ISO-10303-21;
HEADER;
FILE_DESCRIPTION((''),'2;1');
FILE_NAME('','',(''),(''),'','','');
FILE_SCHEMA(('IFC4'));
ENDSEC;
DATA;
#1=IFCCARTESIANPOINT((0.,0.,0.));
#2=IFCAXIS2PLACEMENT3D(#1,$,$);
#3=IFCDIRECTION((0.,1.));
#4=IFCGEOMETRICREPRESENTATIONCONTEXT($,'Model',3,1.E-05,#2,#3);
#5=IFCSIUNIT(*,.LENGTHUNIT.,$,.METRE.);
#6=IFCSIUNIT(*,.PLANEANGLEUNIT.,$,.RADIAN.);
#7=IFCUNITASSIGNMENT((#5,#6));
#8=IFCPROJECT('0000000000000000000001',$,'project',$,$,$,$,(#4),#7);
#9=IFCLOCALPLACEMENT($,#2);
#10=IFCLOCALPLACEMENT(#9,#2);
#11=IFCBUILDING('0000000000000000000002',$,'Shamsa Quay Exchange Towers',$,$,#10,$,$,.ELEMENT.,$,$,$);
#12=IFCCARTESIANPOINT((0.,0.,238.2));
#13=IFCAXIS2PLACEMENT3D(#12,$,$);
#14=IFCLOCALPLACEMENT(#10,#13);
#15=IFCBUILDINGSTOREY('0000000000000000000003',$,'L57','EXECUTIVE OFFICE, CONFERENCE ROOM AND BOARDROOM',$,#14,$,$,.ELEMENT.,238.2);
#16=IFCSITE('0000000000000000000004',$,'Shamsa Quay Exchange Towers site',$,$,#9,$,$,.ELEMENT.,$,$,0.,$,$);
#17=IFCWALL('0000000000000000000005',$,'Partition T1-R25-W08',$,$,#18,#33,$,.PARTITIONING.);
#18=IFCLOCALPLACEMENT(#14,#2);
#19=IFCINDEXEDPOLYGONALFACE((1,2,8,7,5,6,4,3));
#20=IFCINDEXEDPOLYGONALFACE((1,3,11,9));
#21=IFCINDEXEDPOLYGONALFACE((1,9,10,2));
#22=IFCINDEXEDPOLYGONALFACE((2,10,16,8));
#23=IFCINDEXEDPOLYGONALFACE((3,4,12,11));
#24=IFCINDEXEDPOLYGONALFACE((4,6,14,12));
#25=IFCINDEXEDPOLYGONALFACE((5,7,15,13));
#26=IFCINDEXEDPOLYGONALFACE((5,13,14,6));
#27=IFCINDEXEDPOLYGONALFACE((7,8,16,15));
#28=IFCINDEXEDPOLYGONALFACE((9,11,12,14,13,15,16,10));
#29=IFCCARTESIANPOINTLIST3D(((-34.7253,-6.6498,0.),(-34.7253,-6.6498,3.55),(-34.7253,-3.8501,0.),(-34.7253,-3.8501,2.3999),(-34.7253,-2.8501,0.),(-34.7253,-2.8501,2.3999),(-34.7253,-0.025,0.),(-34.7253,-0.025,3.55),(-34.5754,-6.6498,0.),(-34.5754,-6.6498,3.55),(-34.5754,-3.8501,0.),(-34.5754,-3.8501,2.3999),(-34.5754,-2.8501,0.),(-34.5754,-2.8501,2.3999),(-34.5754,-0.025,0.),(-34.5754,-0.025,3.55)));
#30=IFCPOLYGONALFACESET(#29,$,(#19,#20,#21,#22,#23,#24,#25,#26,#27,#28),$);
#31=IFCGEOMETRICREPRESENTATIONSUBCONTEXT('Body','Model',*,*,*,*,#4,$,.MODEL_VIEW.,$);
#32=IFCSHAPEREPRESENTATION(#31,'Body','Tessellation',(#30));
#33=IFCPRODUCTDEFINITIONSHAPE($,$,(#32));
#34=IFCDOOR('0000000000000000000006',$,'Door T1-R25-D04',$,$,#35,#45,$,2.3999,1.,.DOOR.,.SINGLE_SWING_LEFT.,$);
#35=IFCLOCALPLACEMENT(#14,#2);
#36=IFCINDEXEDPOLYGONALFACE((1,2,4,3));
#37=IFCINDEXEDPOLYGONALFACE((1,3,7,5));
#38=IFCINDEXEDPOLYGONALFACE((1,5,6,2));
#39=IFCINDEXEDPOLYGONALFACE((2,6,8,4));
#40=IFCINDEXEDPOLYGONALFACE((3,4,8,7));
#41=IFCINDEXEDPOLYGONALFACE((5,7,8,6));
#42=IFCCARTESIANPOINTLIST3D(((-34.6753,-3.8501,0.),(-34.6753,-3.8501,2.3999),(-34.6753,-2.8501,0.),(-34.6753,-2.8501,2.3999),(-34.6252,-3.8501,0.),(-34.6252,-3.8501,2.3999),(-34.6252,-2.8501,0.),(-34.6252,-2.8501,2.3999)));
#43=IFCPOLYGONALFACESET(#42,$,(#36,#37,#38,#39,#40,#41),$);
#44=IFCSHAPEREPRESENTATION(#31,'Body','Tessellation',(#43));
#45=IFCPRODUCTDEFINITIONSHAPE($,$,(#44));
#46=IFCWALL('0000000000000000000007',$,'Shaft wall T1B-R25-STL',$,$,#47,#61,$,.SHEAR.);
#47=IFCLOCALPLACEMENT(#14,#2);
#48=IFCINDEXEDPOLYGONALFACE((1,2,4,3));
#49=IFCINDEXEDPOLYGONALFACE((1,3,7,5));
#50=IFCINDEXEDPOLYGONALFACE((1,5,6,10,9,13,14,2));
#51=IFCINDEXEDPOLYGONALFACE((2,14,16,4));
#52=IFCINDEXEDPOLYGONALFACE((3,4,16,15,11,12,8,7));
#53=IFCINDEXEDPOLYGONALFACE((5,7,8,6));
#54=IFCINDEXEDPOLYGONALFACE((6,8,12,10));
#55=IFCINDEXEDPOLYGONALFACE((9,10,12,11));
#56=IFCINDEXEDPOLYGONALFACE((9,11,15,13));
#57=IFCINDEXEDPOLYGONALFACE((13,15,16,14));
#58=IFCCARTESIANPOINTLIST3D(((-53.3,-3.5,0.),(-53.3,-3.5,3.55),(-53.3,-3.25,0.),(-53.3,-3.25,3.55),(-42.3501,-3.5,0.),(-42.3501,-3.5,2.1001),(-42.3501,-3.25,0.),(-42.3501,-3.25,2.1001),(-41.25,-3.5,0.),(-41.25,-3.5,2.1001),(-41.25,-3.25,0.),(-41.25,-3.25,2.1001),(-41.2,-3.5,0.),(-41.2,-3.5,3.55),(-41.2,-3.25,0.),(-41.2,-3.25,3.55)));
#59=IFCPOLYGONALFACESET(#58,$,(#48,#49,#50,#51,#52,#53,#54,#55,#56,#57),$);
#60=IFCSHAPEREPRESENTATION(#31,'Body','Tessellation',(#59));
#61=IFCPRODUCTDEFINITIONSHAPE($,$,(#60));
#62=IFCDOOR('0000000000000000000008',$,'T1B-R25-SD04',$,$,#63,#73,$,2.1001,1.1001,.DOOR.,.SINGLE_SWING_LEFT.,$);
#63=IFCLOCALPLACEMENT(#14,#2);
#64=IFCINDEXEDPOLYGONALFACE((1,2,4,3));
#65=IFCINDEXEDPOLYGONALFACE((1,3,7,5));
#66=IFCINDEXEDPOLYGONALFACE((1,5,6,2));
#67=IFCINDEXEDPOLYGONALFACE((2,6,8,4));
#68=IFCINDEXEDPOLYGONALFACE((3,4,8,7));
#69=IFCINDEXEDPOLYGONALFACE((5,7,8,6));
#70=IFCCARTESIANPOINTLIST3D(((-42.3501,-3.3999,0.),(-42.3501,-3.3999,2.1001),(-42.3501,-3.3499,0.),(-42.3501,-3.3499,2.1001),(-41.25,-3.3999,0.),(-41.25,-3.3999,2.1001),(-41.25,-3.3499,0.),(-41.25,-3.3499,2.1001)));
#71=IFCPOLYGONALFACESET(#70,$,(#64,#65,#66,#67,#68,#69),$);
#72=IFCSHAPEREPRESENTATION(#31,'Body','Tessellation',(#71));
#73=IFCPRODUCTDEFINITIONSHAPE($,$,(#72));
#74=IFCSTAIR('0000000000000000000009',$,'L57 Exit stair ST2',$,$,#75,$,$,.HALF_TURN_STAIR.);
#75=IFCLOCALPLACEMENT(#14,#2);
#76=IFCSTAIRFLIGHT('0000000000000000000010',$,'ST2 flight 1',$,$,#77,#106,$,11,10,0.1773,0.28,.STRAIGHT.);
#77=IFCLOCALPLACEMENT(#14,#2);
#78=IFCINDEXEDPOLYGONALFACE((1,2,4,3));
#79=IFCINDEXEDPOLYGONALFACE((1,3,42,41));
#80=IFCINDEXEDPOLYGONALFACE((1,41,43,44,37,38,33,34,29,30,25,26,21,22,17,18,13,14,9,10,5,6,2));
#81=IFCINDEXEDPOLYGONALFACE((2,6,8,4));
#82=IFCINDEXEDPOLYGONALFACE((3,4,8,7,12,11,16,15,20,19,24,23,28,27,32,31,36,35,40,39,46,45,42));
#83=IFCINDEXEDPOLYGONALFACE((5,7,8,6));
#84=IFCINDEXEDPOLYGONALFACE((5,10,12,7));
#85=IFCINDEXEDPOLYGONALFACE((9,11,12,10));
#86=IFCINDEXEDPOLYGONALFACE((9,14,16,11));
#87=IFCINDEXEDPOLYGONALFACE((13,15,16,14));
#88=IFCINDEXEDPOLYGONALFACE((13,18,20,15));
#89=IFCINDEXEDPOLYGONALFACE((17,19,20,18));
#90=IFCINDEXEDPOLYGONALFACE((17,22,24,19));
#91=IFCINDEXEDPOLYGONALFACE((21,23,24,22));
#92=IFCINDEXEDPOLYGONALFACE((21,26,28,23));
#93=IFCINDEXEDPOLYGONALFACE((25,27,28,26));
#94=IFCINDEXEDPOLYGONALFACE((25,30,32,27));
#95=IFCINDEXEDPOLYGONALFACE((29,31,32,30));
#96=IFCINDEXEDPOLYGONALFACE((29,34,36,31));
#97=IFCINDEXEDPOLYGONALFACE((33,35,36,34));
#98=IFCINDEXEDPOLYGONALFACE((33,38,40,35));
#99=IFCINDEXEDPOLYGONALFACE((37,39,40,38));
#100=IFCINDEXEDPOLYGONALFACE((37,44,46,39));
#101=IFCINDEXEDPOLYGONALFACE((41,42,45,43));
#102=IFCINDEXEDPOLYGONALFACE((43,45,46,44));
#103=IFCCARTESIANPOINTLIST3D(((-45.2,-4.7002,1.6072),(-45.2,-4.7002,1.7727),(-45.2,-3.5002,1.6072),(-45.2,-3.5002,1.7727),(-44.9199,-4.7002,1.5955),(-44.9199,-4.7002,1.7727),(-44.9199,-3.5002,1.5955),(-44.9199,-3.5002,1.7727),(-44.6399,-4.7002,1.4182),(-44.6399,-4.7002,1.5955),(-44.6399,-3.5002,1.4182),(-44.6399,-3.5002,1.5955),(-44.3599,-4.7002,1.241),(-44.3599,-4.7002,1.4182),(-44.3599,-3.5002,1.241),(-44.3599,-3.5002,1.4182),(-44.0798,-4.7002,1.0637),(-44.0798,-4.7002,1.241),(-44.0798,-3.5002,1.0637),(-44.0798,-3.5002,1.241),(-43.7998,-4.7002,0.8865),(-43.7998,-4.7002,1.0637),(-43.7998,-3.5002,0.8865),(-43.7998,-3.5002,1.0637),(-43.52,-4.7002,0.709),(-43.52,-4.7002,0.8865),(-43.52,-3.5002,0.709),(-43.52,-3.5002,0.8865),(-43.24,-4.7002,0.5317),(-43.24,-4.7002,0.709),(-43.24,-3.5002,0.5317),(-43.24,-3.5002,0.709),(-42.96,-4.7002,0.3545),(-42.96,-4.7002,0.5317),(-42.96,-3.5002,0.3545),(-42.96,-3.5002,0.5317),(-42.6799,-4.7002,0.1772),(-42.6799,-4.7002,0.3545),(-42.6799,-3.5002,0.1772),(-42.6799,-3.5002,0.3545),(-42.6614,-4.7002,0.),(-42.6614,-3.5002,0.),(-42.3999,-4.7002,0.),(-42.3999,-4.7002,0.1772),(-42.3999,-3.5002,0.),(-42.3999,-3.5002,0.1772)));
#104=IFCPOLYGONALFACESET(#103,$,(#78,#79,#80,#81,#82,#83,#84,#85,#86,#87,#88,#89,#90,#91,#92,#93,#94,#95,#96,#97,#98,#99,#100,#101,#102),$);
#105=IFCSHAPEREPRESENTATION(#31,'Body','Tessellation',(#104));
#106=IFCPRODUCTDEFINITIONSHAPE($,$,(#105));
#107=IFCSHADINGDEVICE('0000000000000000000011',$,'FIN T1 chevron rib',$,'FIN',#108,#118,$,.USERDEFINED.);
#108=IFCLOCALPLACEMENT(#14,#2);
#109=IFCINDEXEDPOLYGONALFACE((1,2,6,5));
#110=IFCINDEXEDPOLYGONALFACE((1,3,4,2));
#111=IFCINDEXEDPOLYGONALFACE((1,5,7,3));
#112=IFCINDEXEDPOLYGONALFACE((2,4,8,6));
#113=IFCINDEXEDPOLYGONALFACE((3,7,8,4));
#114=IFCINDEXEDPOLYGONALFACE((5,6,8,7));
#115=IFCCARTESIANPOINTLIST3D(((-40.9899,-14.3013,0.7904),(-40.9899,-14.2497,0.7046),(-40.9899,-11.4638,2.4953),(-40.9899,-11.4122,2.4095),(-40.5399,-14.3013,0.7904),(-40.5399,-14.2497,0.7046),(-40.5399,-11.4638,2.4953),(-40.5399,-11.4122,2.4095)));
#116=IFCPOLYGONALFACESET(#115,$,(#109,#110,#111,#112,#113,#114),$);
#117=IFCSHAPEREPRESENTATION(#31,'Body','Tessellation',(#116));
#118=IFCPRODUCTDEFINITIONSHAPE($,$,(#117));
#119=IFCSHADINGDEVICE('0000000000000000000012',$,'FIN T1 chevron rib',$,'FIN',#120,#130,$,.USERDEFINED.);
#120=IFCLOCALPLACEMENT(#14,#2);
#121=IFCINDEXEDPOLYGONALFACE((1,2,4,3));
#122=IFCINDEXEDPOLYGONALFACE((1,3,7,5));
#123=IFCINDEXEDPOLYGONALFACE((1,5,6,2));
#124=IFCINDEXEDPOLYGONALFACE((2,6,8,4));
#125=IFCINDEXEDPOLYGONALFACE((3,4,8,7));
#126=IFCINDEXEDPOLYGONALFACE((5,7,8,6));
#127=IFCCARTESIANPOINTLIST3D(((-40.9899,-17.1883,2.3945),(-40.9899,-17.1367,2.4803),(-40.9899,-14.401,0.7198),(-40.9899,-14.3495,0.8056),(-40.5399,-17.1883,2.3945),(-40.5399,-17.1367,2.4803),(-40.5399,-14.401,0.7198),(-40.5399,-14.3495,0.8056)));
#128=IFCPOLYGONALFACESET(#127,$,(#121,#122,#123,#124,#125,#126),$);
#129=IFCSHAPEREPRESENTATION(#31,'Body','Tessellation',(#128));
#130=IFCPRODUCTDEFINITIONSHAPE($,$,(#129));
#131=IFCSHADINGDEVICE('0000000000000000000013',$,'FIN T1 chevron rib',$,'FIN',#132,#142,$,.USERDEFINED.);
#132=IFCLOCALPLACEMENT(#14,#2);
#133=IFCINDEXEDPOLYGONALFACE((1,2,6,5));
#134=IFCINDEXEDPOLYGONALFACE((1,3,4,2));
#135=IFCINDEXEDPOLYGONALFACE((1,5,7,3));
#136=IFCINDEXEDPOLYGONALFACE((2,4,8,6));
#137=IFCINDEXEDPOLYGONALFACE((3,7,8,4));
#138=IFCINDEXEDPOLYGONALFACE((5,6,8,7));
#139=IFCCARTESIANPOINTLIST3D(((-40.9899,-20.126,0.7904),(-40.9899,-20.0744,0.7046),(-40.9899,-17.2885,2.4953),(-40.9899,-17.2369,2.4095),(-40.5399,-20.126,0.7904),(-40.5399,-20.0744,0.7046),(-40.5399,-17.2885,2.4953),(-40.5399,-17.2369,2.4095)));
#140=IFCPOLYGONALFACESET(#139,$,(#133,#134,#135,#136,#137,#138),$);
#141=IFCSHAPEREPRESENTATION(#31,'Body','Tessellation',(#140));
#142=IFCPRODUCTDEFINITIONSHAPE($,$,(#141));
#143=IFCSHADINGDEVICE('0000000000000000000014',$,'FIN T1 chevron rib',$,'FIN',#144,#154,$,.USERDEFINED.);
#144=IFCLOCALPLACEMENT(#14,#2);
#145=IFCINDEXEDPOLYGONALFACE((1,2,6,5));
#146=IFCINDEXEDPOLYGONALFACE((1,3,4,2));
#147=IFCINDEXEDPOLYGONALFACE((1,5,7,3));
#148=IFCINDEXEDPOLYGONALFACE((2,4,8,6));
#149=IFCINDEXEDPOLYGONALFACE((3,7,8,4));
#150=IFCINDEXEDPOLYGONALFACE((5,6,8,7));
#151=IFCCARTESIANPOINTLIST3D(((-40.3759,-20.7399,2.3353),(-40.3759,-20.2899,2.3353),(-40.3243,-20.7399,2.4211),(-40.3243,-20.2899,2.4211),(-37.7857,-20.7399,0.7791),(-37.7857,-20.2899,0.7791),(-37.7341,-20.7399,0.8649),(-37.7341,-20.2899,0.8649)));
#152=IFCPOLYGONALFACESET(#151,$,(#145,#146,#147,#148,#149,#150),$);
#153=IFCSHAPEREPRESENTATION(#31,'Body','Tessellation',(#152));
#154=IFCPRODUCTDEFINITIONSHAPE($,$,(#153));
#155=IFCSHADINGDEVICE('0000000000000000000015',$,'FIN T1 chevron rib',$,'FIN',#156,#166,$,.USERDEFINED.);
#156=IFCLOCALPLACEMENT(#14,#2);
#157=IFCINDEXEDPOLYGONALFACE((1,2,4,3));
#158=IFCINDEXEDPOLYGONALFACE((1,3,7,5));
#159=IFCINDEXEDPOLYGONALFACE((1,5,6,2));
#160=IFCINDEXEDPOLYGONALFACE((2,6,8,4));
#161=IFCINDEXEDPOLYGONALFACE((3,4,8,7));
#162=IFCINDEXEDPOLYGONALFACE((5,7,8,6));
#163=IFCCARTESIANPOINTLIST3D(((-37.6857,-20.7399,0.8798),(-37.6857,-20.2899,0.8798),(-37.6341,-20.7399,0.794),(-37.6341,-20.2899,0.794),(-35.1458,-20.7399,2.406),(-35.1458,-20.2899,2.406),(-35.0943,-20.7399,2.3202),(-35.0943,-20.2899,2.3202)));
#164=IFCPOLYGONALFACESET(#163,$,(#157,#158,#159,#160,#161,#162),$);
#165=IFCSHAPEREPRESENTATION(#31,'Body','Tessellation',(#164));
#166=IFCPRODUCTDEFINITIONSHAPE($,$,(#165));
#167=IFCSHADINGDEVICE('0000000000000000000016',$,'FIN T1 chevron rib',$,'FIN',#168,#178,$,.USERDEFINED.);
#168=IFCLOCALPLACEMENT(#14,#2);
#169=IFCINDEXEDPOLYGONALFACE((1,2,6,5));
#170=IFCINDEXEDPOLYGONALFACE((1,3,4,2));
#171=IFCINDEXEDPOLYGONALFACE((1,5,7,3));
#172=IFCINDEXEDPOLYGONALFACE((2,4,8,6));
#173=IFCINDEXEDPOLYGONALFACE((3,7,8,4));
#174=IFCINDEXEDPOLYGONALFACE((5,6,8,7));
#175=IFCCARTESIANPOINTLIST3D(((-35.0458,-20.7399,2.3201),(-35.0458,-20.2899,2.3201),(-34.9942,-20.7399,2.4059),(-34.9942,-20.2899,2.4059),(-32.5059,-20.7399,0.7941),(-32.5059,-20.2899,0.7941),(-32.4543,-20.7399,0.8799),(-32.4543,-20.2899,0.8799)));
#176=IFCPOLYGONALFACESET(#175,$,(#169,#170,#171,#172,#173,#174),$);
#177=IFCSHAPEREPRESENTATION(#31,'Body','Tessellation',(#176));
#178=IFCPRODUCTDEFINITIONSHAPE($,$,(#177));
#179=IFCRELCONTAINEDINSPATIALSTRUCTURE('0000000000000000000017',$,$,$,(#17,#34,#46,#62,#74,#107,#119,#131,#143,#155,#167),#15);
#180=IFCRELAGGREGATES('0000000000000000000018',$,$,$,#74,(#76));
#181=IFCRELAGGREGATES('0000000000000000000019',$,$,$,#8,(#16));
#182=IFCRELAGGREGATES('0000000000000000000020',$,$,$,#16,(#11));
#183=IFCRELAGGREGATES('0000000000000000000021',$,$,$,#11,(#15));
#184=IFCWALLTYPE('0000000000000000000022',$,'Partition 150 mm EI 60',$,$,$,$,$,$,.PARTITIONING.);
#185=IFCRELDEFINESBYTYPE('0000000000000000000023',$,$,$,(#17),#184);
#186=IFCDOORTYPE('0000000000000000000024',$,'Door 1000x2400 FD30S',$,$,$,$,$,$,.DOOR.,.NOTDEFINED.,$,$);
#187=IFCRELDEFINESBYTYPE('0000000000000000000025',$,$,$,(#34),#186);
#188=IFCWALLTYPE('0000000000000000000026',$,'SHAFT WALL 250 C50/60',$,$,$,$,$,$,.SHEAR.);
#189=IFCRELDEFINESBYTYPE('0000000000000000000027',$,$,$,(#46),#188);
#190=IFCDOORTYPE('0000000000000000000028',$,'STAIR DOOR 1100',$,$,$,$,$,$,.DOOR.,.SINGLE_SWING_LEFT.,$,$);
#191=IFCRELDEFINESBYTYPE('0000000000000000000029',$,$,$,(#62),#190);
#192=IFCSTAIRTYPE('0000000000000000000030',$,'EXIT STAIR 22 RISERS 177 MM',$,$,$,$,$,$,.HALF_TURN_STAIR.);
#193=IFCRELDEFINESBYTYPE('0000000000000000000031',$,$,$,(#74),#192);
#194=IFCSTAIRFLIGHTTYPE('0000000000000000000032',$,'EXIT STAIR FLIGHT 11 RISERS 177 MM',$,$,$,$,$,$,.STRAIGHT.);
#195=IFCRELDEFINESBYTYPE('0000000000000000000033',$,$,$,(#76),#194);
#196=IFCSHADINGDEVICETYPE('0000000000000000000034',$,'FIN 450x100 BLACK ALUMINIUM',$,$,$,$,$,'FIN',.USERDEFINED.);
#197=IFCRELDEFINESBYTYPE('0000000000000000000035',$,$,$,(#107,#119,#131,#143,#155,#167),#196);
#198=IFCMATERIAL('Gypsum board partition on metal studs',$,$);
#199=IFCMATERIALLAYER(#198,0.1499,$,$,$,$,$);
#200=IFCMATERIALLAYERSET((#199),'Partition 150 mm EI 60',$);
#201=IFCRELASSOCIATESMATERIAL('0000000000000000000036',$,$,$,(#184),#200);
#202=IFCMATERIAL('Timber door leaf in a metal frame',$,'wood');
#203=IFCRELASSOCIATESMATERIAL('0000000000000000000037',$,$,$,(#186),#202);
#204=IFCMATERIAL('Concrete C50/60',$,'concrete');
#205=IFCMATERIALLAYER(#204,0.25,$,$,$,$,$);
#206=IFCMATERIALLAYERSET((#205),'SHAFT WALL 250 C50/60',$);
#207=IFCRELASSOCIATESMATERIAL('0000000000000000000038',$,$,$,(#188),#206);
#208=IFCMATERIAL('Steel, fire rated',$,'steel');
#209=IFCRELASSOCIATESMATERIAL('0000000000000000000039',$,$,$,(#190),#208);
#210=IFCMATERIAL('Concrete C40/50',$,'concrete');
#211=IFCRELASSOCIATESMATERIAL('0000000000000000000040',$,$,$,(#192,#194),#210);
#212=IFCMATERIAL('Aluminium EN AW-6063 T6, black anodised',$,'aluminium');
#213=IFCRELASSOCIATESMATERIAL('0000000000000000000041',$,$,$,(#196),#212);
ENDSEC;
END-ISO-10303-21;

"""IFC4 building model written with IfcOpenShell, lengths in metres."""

from ifc_helpers import new_model, si_unit, direction, frame, frame_2d, origin, origin_2d, place, context, subcontext, project, spatial, polyline, rectangle, outline, extrude, material, layer, layer_set, material_profile, profile_set, type_object, element, fill, aggregate, save


model = new_model("IFC4")

# Units and contexts
model_context = context("Model", 3, precision=1e-05, world=origin(), true_north=direction((0.0, 1.0)))
body_context = subcontext(model_context, "Body", "Model", "MODEL_VIEW")
ifc_project = project(units=[si_unit("LENGTHUNIT", "METRE"), si_unit("PLANEANGLEUNIT", "RADIAN")], contexts=[model_context])

# Site, building, storey
site_placement = place(None, origin())
site = spatial("IfcSite", under=ifc_project, at=site_placement, Name="Shamsa Quay Exchange Towers site", CompositionType="ELEMENT", RefElevation=0.0)
building_placement = place(site_placement, origin())
building = spatial("IfcBuilding", under=site, at=building_placement, Name="Shamsa Quay Exchange Towers", CompositionType="ELEMENT")
storey_placement = place(building_placement, frame((0.0, 0.0, 238.2)))
storey = spatial("IfcBuildingStorey", under=building, at=storey_placement, Name="L57", Description="EXECUTIVE OFFICE, CONFERENCE ROOM AND BOARDROOM", CompositionType="ELEMENT", Elevation=238.2)

# Shared definitions
ifc_material_1 = material(Name="Aluminium EN AW-6063 T6, black anodised", Category="aluminium")

# Walls, openings, doors
ifc_material_2 = material(Name="Steel, fire rated", Category="steel")
ifc_material_3 = material(Name="Gypsum board partition on metal studs")
ifc_layer_1 = layer(ifc_material_3, 0.1499)
ifc_layer_set_1 = layer_set([ifc_layer_1], Name="Partition 150 mm EI 60")
wall_type_1 = type_object("IfcWallType", Name="Partition 150 mm EI 60", PredefinedType="PARTITIONING", material=ifc_layer_set_1)
wall_1_placement = place(storey_placement, frame((-34.6504, -6.6499, 0.0), z_axis=(0.0, 0.0, 1.0), x_axis=(0.0, 1.0, 0.0)))
wall_1 = element("IfcWall", 1, at=wall_1_placement, inside=storey, type_object=wall_type_1, Name="Partition T1-R25-W08", PredefinedType="PARTITIONING", context=body_context, shape_type="SweptSolid", body=[
    extrude(rectangle(XDim=6.6248, YDim=0.1499, at=frame_2d((3.3125, 0.0))), origin(), (0.0, 0.0, 1.0), 3.55),
])
opening_1_placement = place(wall_1_placement, frame((2.7998, 0.0, 0.0)))
opening_1 = element("IfcOpeningElement", 2, at=opening_1_placement, cuts=wall_1, PredefinedType="OPENING", context=body_context, shape_type="SweptSolid", body=[
    extrude(rectangle(XDim=1.0, YDim=2.3999, at=frame_2d((0.5, 1.2))), frame((0.0, 0.085, 0.0), z_axis=(0.0, -1.0, 0.0), x_axis=(1.0, 0.0, 0.0)), (0.0, 0.0, 1.0), 0.1699),
])
ifc_material_4 = material(Name="Timber door leaf in a metal frame", Category="wood")
door_type_1 = type_object("IfcDoorType", Name="Door 1000x2400 FD30S", OperationType="NOTDEFINED", PredefinedType="DOOR", material=ifc_material_4)
door_1_placement = place(opening_1_placement, origin())
door_1 = element("IfcDoor", 3, at=door_1_placement, inside=storey, type_object=door_type_1, Name="Door T1-R25-D04", OperationType="SINGLE_SWING_LEFT", OverallHeight=2.3999, OverallWidth=1.0, PredefinedType="DOOR", context=body_context, shape_type="SweptSolid", body=[
    extrude(rectangle(XDim=1.0, YDim=2.3999, at=frame_2d((0.5, 1.2))), frame((0.0, 0.0249, 0.0), z_axis=(0.0, -1.0, 0.0), x_axis=(1.0, 0.0, 0.0)), (0.0, 0.0, 1.0), 0.05),
])
fill(opening_1, door_1)
ifc_material_5 = material(Name="Concrete C50/60", Category="concrete")
ifc_layer_2 = layer(ifc_material_5, 0.25)
ifc_layer_set_2 = layer_set([ifc_layer_2], Name="SHAFT WALL 250 C50/60")
wall_type_2 = type_object("IfcWallType", Name="SHAFT WALL 250 C50/60", PredefinedType="SHEAR", material=ifc_layer_set_2)
wall_2_placement = place(storey_placement, frame((-41.2, -3.375, 0.0), z_axis=(0.0, 0.0, 1.0), x_axis=(-1.0, 0.0, 0.0)))
wall_2 = element("IfcWall", 4, at=wall_2_placement, inside=storey, type_object=wall_type_2, Name="Shaft wall T1B-R25-STL", PredefinedType="SHEAR", context=body_context, shape_type="SweptSolid", body=[
    extrude(rectangle(XDim=12.1001, YDim=0.25, at=frame_2d((6.05, 0.0))), origin(), (0.0, 0.0, 1.0), 3.55),
])
opening_2_placement = place(wall_2_placement, frame((0.05, 0.0, 0.0)))
opening_2 = element("IfcOpeningElement", 5, at=opening_2_placement, cuts=wall_2, PredefinedType="OPENING", context=body_context, shape_type="SweptSolid", body=[
    extrude(rectangle(XDim=1.1001, YDim=2.1001, at=frame_2d((0.55, 1.05))), frame((0.0, 0.135, 0.0), z_axis=(0.0, -1.0, 0.0), x_axis=(1.0, 0.0, 0.0)), (0.0, 0.0, 1.0), 0.27),
])
door_type_2 = type_object("IfcDoorType", Name="STAIR DOOR 1100", OperationType="SINGLE_SWING_LEFT", PredefinedType="DOOR", material=ifc_material_2)
door_2_placement = place(opening_2_placement, origin())
door_2 = element("IfcDoor", 6, at=door_2_placement, inside=storey, type_object=door_type_2, Name="T1B-R25-SD04", OperationType="SINGLE_SWING_LEFT", OverallHeight=2.1001, OverallWidth=1.1001, PredefinedType="DOOR", context=body_context, shape_type="SweptSolid", body=[
    extrude(rectangle(XDim=1.1001, YDim=2.1001, at=frame_2d((0.55, 1.05))), frame((0.0, 0.0249, 0.0), z_axis=(0.0, -1.0, 0.0), x_axis=(1.0, 0.0, 0.0)), (0.0, 0.0, 1.0), 0.05),
])
fill(opening_2, door_2)

# Stair, stair flight
ifc_material_6 = material(Name="Concrete C40/50", Category="concrete")
stair_type = type_object("IfcStairType", Name="EXIT STAIR 22 RISERS 177 MM", PredefinedType="HALF_TURN_STAIR", material=ifc_material_6)
stair_placement = place(storey_placement, origin())
stair = element("IfcStair", 7, at=stair_placement, inside=storey, type_object=stair_type, Name="L57 Exit stair ST2", PredefinedType="HALF_TURN_STAIR")
stair_flight_type = type_object("IfcStairFlightType", Name="EXIT STAIR FLIGHT 11 RISERS 177 MM", PredefinedType="STRAIGHT", material=ifc_material_6)
stair_flight_placement = place(storey_placement, frame((-42.3999, -4.1001, 0.0), z_axis=(0.0, 0.0, 1.0), x_axis=(-1.0, 0.0, 0.0)))
stair_flight = element("IfcStairFlight", 8, at=stair_flight_placement, type_object=stair_flight_type, Name="ST2 flight 1", NumberOfRisers=11, NumberOfTreads=10, PredefinedType="STRAIGHT", RiserHeight=0.1773, TreadLength=0.28, context=body_context, shape_type="SweptSolid", body=[
    extrude(outline(polyline([(0.0, 0.0), (0.0, 0.1772), (0.28, 0.1772), (0.28, 0.3545), (0.5601, 0.3545), (0.5601, 0.5317), (0.8401, 0.5317), (0.8401, 0.709), (1.1201, 0.709), (1.1201, 0.8865), (1.3999, 0.8865), (1.3999, 1.0637), (1.6799, 1.0637), (1.6799, 1.241), (1.96, 1.241), (1.96, 1.4182), (2.24, 1.4182), (2.24, 1.5955), (2.52, 1.5955), (2.52, 1.7727), (2.8, 1.7727), (2.8, 1.95), (2.8, 1.6072), (0.2615, 0.0), (0.0, 0.0)])), frame((0.0, 0.6001, 0.0), z_axis=(0.0, -1.0, 0.0), x_axis=(1.0, 0.0, 0.0)), (0.0, 0.0, 1.0), 1.2),
])
aggregate(stair, [stair_flight])

# Shading devices
ifc_material_profile_1 = material_profile(ifc_material_1, rectangle(XDim=0.45, YDim=0.1001, at=origin_2d()), Name="FIN450x100")
ifc_profile_set_1 = profile_set([ifc_material_profile_1], Name="Aluminium EN AW-6063 T6, black anodised")
shading_device_type = type_object("IfcShadingDeviceType", Name="FIN 450x100 BLACK ALUMINIUM", ElementType="FIN", PredefinedType="USERDEFINED", material=ifc_profile_set_1)
shading_device_1_placement = place(storey_placement, frame((-40.7649, -11.438, 2.4524), z_axis=(0.0, -0.857174, -0.515027), x_axis=(1.0, 0.0, 0.0)))
element("IfcShadingDevice", 9, at=shading_device_1_placement, inside=storey, type_object=shading_device_type, Name="FIN T1 chevron rib", ObjectType="FIN", PredefinedType="USERDEFINED", context=body_context, shape_type="SweptSolid", body=[
    extrude(rectangle(XDim=0.45, YDim=0.1001, at=origin_2d()), origin(), (0.0, 0.0, 1.0), 3.3103),
])
shading_device_2_placement = place(storey_placement, frame((-40.7649, -14.3752, 0.7627), z_axis=(0.0, -0.857168, 0.515037), x_axis=(1.0, 0.0, 0.0)))
element("IfcShadingDevice", 10, at=shading_device_2_placement, inside=storey, type_object=shading_device_type, Name="FIN T1 chevron rib", ObjectType="FIN", PredefinedType="USERDEFINED", context=body_context, shape_type="SweptSolid", body=[
    extrude(rectangle(XDim=0.45, YDim=0.1001, at=origin_2d()), origin(), (0.0, 0.0, 1.0), 3.2517),
])
shading_device_3_placement = place(storey_placement, frame((-40.7649, -17.2627, 2.4524), z_axis=(0.0, -0.857174, -0.515027), x_axis=(1.0, 0.0, 0.0)))
element("IfcShadingDevice", 11, at=shading_device_3_placement, inside=storey, type_object=shading_device_type, Name="FIN T1 chevron rib", ObjectType="FIN", PredefinedType="USERDEFINED", context=body_context, shape_type="SweptSolid", body=[
    extrude(rectangle(XDim=0.45, YDim=0.1001, at=origin_2d()), origin(), (0.0, 0.0, 1.0), 3.3103),
])
shading_device_4_placement = place(storey_placement, frame((-40.3501, -20.5149, 2.3782), z_axis=(0.857186, 0.0, -0.515007), x_axis=(0.0, 1.0, 0.0)))
element("IfcShadingDevice", 12, at=shading_device_4_placement, inside=storey, type_object=shading_device_type, Name="FIN T1 chevron rib", ObjectType="FIN", PredefinedType="USERDEFINED", context=body_context, shape_type="SweptSolid", body=[
    extrude(rectangle(XDim=0.45, YDim=0.1001, at=origin_2d()), origin(), (0.0, 0.0, 1.0), 3.0217),
])
for number, where, z_axis, x_axis, name in (
    (13, (-37.6599, -20.5149, 0.8369), (0.857158, 0.0, 0.515053), (0.0, 1.0, 0.0), "FIN T1 chevron rib"),
    (14, (-35.02, -20.5149, 2.363), (0.85718, 0.0, -0.515017), (0.0, 1.0, 0.0), "FIN T1 chevron rib"),
):
    element("IfcShadingDevice", number, at=place(storey_placement, frame(where, z_axis=z_axis, x_axis=x_axis)), inside=storey, type_object=shading_device_type, Name=name, ObjectType="FIN", PredefinedType="USERDEFINED", context=body_context, shape_type="SweptSolid", body=[
        extrude(rectangle(XDim=0.45, YDim=0.1001, at=origin_2d()), origin(), (0.0, 0.0, 1.0), 2.9631),
    ])

save(model, "model.ifc")
